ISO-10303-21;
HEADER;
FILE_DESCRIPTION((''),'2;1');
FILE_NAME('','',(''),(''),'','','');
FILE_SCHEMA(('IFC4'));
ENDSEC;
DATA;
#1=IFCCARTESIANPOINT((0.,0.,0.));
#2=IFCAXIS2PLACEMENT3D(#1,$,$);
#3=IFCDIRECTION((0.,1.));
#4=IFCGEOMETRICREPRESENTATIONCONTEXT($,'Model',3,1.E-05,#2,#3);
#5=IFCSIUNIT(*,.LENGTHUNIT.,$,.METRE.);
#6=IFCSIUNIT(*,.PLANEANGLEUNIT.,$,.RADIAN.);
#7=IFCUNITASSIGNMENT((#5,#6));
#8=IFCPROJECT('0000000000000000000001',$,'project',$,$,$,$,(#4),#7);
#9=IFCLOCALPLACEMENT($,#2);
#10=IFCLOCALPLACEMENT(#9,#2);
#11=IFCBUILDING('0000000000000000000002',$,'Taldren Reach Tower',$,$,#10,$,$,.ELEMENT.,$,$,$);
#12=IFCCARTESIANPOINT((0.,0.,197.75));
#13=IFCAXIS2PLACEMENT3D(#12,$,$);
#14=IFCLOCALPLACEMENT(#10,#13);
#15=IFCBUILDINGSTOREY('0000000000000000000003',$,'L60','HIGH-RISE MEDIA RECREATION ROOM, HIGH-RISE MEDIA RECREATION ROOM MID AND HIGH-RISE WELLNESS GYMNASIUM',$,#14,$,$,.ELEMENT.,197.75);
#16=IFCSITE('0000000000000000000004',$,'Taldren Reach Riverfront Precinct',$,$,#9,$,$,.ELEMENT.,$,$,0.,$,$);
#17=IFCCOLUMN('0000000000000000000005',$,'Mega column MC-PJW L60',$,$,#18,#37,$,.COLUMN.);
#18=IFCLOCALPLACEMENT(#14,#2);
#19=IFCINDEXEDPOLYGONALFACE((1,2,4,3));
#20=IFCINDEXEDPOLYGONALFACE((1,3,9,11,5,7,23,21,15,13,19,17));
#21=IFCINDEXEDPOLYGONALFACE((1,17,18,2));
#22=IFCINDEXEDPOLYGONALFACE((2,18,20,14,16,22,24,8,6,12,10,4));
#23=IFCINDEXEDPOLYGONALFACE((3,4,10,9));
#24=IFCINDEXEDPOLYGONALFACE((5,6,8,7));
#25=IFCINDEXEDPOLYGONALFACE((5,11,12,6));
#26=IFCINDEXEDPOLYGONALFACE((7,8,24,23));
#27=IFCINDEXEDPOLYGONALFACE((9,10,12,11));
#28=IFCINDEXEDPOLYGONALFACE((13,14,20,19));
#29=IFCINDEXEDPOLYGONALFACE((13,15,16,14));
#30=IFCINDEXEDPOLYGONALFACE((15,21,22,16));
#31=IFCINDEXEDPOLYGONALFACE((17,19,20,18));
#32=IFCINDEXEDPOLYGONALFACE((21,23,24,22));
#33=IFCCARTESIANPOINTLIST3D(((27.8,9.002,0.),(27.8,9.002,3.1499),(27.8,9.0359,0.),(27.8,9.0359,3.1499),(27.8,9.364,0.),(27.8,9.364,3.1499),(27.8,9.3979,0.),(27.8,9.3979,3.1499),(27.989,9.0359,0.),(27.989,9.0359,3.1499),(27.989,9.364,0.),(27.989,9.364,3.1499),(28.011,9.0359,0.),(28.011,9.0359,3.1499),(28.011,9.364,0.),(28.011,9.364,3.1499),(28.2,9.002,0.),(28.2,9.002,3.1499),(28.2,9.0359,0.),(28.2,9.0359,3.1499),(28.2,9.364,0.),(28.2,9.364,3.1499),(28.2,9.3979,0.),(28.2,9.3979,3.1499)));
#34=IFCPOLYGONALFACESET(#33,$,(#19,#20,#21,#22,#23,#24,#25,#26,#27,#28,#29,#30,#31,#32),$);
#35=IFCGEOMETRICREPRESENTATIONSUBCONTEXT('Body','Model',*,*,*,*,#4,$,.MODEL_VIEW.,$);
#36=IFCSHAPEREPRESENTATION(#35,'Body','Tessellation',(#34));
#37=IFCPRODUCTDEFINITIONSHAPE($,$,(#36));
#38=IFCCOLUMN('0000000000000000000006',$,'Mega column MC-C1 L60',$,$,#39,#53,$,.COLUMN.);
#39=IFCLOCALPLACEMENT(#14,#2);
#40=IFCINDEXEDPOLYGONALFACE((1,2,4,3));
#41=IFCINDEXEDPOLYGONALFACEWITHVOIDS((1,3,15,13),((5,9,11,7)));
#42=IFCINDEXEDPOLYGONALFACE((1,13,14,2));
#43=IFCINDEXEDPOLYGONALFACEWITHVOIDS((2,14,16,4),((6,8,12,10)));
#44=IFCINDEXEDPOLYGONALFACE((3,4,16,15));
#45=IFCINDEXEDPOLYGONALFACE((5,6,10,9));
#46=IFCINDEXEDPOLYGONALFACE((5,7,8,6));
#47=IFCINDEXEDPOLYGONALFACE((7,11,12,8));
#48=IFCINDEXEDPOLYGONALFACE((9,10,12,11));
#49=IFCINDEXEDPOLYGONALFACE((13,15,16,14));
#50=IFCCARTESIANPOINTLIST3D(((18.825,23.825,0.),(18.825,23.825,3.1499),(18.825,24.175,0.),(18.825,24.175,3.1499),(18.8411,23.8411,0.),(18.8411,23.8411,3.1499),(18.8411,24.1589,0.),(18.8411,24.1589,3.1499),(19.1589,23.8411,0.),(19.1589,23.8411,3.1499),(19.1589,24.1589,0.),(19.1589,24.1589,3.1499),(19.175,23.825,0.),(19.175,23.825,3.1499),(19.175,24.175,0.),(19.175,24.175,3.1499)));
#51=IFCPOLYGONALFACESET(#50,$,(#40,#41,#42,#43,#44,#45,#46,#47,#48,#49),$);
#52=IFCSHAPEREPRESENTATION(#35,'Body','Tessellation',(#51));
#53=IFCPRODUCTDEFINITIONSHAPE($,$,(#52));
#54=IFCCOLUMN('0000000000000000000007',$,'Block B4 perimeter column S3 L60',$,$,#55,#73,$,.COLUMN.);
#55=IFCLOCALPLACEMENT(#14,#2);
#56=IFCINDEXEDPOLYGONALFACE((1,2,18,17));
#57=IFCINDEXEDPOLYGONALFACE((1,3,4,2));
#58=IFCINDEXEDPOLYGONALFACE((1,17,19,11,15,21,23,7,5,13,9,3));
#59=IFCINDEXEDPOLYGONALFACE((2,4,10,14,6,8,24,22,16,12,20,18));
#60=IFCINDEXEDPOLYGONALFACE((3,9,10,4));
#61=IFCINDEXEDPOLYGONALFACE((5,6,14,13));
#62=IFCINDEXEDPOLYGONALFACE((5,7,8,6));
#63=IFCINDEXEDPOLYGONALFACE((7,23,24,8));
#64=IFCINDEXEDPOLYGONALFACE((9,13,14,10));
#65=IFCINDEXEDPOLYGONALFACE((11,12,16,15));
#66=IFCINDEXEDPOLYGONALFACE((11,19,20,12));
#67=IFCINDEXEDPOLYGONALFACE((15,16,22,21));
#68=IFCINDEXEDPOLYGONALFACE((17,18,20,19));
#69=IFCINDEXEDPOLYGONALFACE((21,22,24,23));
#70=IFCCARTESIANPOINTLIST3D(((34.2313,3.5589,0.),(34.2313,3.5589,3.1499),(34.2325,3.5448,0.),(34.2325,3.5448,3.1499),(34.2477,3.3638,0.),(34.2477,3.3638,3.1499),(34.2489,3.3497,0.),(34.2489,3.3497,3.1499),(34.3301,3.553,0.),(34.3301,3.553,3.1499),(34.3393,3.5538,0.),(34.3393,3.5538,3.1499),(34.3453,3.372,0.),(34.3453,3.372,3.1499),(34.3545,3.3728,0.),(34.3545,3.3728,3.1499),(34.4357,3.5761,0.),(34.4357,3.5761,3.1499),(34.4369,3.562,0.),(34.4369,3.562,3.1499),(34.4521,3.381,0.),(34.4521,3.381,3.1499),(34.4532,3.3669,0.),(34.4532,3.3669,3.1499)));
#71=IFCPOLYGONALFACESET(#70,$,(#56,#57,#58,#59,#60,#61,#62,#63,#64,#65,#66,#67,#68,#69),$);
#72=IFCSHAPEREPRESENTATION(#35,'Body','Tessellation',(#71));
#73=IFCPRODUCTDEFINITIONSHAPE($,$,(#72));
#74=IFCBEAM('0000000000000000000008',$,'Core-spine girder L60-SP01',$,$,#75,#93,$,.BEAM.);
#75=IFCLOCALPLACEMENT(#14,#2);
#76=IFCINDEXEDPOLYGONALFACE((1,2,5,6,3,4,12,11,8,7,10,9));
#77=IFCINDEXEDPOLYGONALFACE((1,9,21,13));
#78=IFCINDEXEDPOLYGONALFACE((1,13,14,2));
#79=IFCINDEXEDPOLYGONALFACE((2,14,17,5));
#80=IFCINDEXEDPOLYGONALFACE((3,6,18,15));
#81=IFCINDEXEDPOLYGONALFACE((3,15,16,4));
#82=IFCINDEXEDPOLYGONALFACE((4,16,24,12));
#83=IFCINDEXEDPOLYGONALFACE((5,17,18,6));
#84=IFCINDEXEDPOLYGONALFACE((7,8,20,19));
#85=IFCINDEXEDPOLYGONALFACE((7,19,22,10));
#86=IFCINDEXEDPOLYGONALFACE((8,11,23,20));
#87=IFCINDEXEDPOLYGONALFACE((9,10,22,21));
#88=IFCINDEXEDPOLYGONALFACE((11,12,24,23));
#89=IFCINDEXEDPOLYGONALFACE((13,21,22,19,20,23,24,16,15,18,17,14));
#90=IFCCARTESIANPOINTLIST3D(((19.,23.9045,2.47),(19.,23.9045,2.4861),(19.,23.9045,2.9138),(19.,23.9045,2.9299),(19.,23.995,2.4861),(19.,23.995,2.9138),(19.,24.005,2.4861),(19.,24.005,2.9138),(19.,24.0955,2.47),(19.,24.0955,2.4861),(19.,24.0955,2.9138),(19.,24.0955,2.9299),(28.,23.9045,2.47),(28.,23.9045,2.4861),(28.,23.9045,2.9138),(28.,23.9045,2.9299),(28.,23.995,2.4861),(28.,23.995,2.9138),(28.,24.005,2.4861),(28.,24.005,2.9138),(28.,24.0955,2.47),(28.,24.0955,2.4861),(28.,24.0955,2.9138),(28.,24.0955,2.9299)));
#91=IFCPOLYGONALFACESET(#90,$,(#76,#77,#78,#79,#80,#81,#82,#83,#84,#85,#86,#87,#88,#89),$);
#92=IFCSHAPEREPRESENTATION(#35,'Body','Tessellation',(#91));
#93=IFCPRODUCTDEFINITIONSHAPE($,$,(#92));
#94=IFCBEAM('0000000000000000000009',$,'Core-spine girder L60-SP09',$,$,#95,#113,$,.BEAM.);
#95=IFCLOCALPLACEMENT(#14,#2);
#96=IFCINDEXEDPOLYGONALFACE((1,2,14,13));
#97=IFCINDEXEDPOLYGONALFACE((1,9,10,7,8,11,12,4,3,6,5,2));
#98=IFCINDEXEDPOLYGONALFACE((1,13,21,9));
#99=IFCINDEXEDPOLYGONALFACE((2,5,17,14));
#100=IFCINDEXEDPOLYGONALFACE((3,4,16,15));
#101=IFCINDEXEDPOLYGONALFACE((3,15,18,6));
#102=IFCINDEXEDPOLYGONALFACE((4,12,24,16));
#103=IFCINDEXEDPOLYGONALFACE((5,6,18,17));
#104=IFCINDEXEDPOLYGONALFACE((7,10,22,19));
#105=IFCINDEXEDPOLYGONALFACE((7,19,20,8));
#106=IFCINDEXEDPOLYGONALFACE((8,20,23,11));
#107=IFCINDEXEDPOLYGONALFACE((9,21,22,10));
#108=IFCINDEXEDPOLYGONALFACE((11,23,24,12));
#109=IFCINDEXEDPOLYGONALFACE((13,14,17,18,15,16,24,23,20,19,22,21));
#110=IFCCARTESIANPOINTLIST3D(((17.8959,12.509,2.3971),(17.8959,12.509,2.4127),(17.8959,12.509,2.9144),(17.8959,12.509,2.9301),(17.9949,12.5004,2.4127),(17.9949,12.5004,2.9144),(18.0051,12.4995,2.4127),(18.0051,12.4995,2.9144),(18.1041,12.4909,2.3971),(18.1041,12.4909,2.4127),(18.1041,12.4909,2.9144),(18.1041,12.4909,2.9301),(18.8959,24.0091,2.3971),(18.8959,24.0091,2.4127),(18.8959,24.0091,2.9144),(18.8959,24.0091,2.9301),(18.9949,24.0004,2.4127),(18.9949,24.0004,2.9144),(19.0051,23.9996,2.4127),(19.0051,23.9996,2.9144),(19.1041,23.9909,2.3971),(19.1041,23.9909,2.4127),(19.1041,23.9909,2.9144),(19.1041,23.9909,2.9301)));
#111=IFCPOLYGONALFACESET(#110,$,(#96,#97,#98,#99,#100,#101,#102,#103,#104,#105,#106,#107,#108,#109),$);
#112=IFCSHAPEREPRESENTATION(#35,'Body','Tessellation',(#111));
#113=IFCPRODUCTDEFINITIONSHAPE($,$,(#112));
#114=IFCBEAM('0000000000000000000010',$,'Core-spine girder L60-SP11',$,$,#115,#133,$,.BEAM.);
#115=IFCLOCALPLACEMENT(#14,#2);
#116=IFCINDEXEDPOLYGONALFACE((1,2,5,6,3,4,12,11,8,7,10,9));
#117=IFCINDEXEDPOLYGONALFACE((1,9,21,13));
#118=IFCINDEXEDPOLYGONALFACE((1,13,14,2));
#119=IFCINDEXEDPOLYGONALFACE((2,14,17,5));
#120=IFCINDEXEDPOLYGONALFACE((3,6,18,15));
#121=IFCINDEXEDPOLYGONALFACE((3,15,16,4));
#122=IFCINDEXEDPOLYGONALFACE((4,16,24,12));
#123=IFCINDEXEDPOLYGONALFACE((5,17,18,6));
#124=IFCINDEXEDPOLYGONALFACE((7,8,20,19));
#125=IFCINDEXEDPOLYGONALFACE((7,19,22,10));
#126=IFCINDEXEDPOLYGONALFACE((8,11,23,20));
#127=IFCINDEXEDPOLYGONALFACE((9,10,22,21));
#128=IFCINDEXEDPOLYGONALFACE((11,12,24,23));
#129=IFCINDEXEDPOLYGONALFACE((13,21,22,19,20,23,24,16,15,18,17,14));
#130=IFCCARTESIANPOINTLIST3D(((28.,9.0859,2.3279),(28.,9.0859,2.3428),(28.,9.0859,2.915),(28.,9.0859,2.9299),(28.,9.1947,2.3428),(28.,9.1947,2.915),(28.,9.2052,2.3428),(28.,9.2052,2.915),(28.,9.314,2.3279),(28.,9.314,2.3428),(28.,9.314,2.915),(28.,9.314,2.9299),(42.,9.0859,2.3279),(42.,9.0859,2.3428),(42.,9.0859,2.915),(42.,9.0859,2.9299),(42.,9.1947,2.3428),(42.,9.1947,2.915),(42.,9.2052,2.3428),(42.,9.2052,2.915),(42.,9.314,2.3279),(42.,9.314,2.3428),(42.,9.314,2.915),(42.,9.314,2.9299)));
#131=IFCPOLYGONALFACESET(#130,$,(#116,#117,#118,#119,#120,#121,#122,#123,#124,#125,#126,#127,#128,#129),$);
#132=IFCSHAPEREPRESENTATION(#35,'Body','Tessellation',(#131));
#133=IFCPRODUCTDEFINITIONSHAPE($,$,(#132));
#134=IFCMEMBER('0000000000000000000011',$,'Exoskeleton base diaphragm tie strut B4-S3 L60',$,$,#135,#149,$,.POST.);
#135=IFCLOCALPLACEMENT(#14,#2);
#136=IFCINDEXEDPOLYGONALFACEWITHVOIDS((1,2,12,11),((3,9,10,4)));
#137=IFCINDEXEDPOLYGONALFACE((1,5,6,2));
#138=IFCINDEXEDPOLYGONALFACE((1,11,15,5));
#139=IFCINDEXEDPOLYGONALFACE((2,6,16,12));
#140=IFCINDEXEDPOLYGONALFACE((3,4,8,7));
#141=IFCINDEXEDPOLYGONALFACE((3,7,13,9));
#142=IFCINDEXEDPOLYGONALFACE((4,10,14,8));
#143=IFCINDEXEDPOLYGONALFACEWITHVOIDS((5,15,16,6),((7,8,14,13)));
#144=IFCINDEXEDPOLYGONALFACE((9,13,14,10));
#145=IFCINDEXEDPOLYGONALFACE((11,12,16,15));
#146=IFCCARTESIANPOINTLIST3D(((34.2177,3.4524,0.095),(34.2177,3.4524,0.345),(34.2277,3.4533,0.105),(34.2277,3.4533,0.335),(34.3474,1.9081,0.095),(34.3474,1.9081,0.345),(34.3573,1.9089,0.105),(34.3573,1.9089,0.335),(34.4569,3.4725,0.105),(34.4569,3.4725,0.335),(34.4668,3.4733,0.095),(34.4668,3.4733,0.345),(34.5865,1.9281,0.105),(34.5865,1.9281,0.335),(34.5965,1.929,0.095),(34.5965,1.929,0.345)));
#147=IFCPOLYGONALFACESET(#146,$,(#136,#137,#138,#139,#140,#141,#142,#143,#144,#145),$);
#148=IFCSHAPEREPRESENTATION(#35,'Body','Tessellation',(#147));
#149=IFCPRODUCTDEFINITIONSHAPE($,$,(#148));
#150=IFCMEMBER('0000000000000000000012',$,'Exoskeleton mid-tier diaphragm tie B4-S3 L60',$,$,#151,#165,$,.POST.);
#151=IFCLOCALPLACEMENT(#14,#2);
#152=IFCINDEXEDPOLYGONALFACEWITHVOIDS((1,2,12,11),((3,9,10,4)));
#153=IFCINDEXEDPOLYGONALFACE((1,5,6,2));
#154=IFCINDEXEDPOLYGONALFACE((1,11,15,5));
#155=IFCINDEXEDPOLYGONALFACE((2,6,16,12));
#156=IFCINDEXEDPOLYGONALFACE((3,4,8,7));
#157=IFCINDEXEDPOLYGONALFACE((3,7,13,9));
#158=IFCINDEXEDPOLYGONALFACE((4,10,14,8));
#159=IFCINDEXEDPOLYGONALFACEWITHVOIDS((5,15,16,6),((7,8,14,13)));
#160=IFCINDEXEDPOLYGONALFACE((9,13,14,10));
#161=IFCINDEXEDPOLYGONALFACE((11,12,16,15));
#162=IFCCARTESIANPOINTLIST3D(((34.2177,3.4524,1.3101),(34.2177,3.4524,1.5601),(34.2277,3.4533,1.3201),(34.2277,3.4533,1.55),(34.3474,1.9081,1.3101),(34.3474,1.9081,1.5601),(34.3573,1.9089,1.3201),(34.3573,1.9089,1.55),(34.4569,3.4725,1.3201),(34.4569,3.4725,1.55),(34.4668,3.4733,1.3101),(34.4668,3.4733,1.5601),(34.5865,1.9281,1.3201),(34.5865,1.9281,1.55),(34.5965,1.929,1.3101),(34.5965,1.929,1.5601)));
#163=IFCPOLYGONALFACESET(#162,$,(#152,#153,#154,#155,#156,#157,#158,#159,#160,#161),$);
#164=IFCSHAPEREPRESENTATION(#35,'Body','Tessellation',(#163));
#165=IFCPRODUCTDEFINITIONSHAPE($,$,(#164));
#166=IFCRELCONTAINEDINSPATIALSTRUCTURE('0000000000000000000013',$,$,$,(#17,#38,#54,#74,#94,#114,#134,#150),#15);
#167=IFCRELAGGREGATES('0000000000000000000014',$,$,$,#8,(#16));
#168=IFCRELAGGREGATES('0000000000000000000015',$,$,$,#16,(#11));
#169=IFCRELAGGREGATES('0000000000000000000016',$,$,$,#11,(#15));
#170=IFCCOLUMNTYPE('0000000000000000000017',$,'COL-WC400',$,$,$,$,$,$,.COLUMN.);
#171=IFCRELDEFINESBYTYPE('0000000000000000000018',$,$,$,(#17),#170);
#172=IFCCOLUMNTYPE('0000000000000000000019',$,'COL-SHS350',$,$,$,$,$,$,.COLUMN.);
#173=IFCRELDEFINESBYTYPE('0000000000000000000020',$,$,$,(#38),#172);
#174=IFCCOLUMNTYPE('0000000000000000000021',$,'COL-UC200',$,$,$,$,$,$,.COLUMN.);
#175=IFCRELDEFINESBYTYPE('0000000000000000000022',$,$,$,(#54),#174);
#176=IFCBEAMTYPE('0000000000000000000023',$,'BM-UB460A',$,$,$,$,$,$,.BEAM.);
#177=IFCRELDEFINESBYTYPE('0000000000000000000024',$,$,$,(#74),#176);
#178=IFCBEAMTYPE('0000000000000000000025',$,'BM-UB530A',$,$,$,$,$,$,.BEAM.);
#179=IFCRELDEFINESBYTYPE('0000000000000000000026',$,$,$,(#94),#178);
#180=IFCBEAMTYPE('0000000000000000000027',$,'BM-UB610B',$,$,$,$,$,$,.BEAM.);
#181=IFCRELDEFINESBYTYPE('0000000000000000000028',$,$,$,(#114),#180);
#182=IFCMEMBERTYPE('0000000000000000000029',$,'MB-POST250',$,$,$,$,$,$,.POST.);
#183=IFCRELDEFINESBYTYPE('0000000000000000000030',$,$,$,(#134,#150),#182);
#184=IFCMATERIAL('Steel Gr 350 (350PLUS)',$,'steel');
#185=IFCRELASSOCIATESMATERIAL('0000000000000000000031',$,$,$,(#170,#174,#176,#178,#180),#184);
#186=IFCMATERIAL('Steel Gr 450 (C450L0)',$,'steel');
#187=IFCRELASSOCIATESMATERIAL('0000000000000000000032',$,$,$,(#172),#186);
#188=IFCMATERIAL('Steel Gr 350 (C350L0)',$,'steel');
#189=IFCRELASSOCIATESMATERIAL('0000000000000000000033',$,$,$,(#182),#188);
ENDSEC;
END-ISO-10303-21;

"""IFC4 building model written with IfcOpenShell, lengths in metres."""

from ifc_helpers import new_model, si_unit, direction, frame, origin, origin_2d, place, context, subcontext, project, spatial, hollow_rectangle, i_section, extrude, source, transform, mapped, material, material_profile, profile_set, type_object, element, save


model = new_model("IFC4")

# Units and contexts
model_context = context("Model", 3, precision=1e-05, world=origin(), true_north=direction((0.0, 1.0)))
body_context = subcontext(model_context, "Body", "Model", "MODEL_VIEW")
ifc_project = project(units=[si_unit("LENGTHUNIT", "METRE"), si_unit("PLANEANGLEUNIT", "RADIAN")], contexts=[model_context])

# Site, building, storey
site_placement = place(None, origin())
site = spatial("IfcSite", under=ifc_project, at=site_placement, Name="Taldren Reach Riverfront Precinct", CompositionType="ELEMENT", RefElevation=0.0)
building_placement = place(site_placement, origin())
building = spatial("IfcBuilding", under=site, at=building_placement, Name="Taldren Reach Tower", CompositionType="ELEMENT")
storey_placement = place(building_placement, frame((0.0, 0.0, 197.75)))
storey = spatial("IfcBuildingStorey", under=building, at=storey_placement, Name="L60", Description="HIGH-RISE MEDIA RECREATION ROOM, HIGH-RISE MEDIA RECREATION ROOM MID AND HIGH-RISE WELLNESS GYMNASIUM", CompositionType="ELEMENT", Elevation=197.75)

# Columns
ifc_material_1 = material(Name="Steel Gr 350 (350PLUS)", Category="steel")
ifc_material_profile_1 = material_profile(ifc_material_1, i_section(OverallWidth=0.3999, OverallDepth=0.396, WebThickness=0.022, FlangeThickness=0.0339, at=origin_2d()), Name="400WC270")
ifc_profile_set_1 = profile_set([ifc_material_profile_1], Name="Steel Gr 350 (350PLUS)")
column_type_1 = type_object("IfcColumnType", Name="COL-WC400", PredefinedType="COLUMN", material=ifc_profile_set_1)
shared_shape_1 = source(origin(), body_context, "Body", "SweptSolid", [
    extrude(i_section(OverallWidth=0.3999, OverallDepth=0.396, WebThickness=0.022, FlangeThickness=0.0339, at=origin_2d()), origin(), (0.0, 0.0, 1.0), 3.1499),
])
column_1_placement = place(storey_placement, frame((28.0, 9.2, 0.0), z_axis=(0.0, 0.0, 1.0), x_axis=(1.0, 0.0, 0.0)))
element("IfcColumn", 1, at=column_1_placement, inside=storey, type_object=column_type_1, Name="Mega column MC-PJW L60", PredefinedType="COLUMN", context=body_context, shape_type="MappedRepresentation", body=[
    mapped(shared_shape_1, transform((0.0, 0.0, 0.0), scale=1.0)),
])
ifc_material_2 = material(Name="Steel Gr 450 (C450L0)", Category="steel")
ifc_material_profile_2 = material_profile(ifc_material_2, hollow_rectangle(XDim=0.3501, YDim=0.3501, WallThickness=0.0161, at=origin_2d()), Name="350x350x16.0SHS")
ifc_profile_set_2 = profile_set([ifc_material_profile_2], Name="Steel Gr 450 (C450L0)")
column_type_2 = type_object("IfcColumnType", Name="COL-SHS350", PredefinedType="COLUMN", material=ifc_profile_set_2)
shared_shape_2 = source(origin(), body_context, "Body", "SweptSolid", [
    extrude(hollow_rectangle(XDim=0.3501, YDim=0.3501, WallThickness=0.0161, at=origin_2d()), origin(), (0.0, 0.0, 1.0), 3.1499),
])
column_2_placement = place(storey_placement, frame((19.0, 24.0, 0.0), z_axis=(0.0, 0.0, 1.0), x_axis=(1.0, 0.0, 0.0)))
element("IfcColumn", 2, at=column_2_placement, inside=storey, type_object=column_type_2, Name="Mega column MC-C1 L60", PredefinedType="COLUMN", context=body_context, shape_type="MappedRepresentation", body=[
    mapped(shared_shape_2, transform((0.0, 0.0, 0.0), scale=1.0)),
])
ifc_material_profile_3 = material_profile(ifc_material_1, i_section(OverallWidth=0.2051, OverallDepth=0.21, WebThickness=0.0093, FlangeThickness=0.0142, at=origin_2d()), Name="200UC59.5")
ifc_profile_set_3 = profile_set([ifc_material_profile_3], Name="Steel Gr 350 (350PLUS)")
column_type_3 = type_object("IfcColumnType", Name="COL-UC200", PredefinedType="COLUMN", material=ifc_profile_set_3)
shared_shape_3 = source(origin(), body_context, "Body", "SweptSolid", [
    extrude(i_section(OverallWidth=0.2051, OverallDepth=0.21, WebThickness=0.0093, FlangeThickness=0.0142, at=origin_2d()), origin(), (0.0, 0.0, 1.0), 3.1499),
])
column_3_placement = place(storey_placement, frame((34.3423, 3.4629, 0.0), z_axis=(0.0, 0.0, 1.0), x_axis=(0.996493, 0.083678, 0.0)))
element("IfcColumn", 3, at=column_3_placement, inside=storey, type_object=column_type_3, Name="Block B4 perimeter column S3 L60", PredefinedType="COLUMN", context=body_context, shape_type="MappedRepresentation", body=[
    mapped(shared_shape_3, transform((0.0, 0.0, 0.0), scale=1.0)),
])

# Beams
ifc_material_profile_4 = material_profile(ifc_material_1, i_section(OverallWidth=0.1909, OverallDepth=0.46, WebThickness=0.01, FlangeThickness=0.0161, at=origin_2d()), Name="460UB82.1")
ifc_profile_set_4 = profile_set([ifc_material_profile_4], Name="Steel Gr 350 (350PLUS)")
beam_type_1 = type_object("IfcBeamType", Name="BM-UB460A", PredefinedType="BEAM", material=ifc_profile_set_4)
shared_shape_4 = source(origin(), body_context, "Body", "SweptSolid", [
    extrude(i_section(OverallWidth=0.1909, OverallDepth=0.46, WebThickness=0.01, FlangeThickness=0.0161, at=origin_2d()), origin(), (0.0, 0.0, 1.0), 9.0),
])
beam_1_placement = place(storey_placement, frame((19.0, 24.0, 2.7), z_axis=(1.0, 0.0, 0.0), x_axis=(0.0, 1.0, 0.0)))
element("IfcBeam", 4, at=beam_1_placement, inside=storey, type_object=beam_type_1, Name="Core-spine girder L60-SP01", PredefinedType="BEAM", context=body_context, shape_type="MappedRepresentation", body=[
    mapped(shared_shape_4, transform((0.0, 0.0, 0.0), scale=1.0)),
])
ifc_material_profile_5 = material_profile(ifc_material_1, i_section(OverallWidth=0.209, OverallDepth=0.533, WebThickness=0.0103, FlangeThickness=0.0156, at=origin_2d()), Name="530UB92.4")
ifc_profile_set_5 = profile_set([ifc_material_profile_5], Name="Steel Gr 350 (350PLUS)")
beam_type_2 = type_object("IfcBeamType", Name="BM-UB530A", PredefinedType="BEAM", material=ifc_profile_set_5)
shared_shape_5 = source(origin(), body_context, "Body", "SweptSolid", [
    extrude(i_section(OverallWidth=0.209, OverallDepth=0.533, WebThickness=0.0103, FlangeThickness=0.0156, at=origin_2d()), origin(), (0.0, 0.0, 1.0), 11.5435),
])
beam_2_placement = place(storey_placement, frame((19.0, 24.0, 2.6636), z_axis=(-0.08663, -0.996241, 0.0), x_axis=(0.996241, -0.08663, 0.0)))
element("IfcBeam", 5, at=beam_2_placement, inside=storey, type_object=beam_type_2, Name="Core-spine girder L60-SP09", PredefinedType="BEAM", context=body_context, shape_type="MappedRepresentation", body=[
    mapped(shared_shape_5, transform((0.0, 0.0, 0.0), scale=1.0)),
])
ifc_material_profile_6 = material_profile(ifc_material_1, i_section(OverallWidth=0.228, OverallDepth=0.6021, WebThickness=0.0105, FlangeThickness=0.0149, at=origin_2d()), Name="610UB101")
ifc_profile_set_6 = profile_set([ifc_material_profile_6], Name="Steel Gr 350 (350PLUS)")
beam_type_3 = type_object("IfcBeamType", Name="BM-UB610B", PredefinedType="BEAM", material=ifc_profile_set_6)
shared_shape_6 = source(origin(), body_context, "Body", "SweptSolid", [
    extrude(i_section(OverallWidth=0.228, OverallDepth=0.6021, WebThickness=0.0105, FlangeThickness=0.0149, at=origin_2d()), origin(), (0.0, 0.0, 1.0), 14.0),
])
beam_3_placement = place(storey_placement, frame((28.0, 9.2, 2.6289), z_axis=(1.0, 0.0, 0.0), x_axis=(0.0, 1.0, 0.0)))
element("IfcBeam", 6, at=beam_3_placement, inside=storey, type_object=beam_type_3, Name="Core-spine girder L60-SP11", PredefinedType="BEAM", context=body_context, shape_type="MappedRepresentation", body=[
    mapped(shared_shape_6, transform((0.0, 0.0, 0.0), scale=1.0)),
])

# Members
ifc_material_3 = material(Name="Steel Gr 350 (C350L0)", Category="steel")
ifc_material_profile_7 = material_profile(ifc_material_3, hollow_rectangle(XDim=0.25, YDim=0.25, WallThickness=0.01, at=origin_2d()), Name="250x250x10.0SHS")
ifc_profile_set_7 = profile_set([ifc_material_profile_7], Name="Steel Gr 350 (C350L0)")
member_type_1 = type_object("IfcMemberType", Name="MB-POST250", PredefinedType="POST", material=ifc_profile_set_7)
shared_shape_7 = source(origin(), body_context, "Body", "SweptSolid", [
    extrude(hollow_rectangle(XDim=0.25, YDim=0.25, WallThickness=0.01, at=origin_2d()), origin(), (0.0, 0.0, 1.0), 1.5498),
])
for number, where, z_axis, x_axis, name in (
    (7, (34.3423, 3.4629, 0.22), (0.083645, -0.996496, 0.0), (0.996496, 0.083645, 0.0), "Exoskeleton base diaphragm tie strut B4-S3 L60"),
    (8, (34.3423, 3.4629, 1.4351), (0.083645, -0.996496, 0.0), (0.996496, 0.083645, 0.0), "Exoskeleton mid-tier diaphragm tie B4-S3 L60"),
):
    element("IfcMember", number, at=place(storey_placement, frame(where, z_axis=z_axis, x_axis=x_axis)), inside=storey, type_object=member_type_1, Name=name, PredefinedType="POST", context=body_context, shape_type="MappedRepresentation", body=[
        mapped(shared_shape_7, transform((0.0, 0.0, 0.0), scale=1.0)),
    ])

save(model, "model.ifc")
